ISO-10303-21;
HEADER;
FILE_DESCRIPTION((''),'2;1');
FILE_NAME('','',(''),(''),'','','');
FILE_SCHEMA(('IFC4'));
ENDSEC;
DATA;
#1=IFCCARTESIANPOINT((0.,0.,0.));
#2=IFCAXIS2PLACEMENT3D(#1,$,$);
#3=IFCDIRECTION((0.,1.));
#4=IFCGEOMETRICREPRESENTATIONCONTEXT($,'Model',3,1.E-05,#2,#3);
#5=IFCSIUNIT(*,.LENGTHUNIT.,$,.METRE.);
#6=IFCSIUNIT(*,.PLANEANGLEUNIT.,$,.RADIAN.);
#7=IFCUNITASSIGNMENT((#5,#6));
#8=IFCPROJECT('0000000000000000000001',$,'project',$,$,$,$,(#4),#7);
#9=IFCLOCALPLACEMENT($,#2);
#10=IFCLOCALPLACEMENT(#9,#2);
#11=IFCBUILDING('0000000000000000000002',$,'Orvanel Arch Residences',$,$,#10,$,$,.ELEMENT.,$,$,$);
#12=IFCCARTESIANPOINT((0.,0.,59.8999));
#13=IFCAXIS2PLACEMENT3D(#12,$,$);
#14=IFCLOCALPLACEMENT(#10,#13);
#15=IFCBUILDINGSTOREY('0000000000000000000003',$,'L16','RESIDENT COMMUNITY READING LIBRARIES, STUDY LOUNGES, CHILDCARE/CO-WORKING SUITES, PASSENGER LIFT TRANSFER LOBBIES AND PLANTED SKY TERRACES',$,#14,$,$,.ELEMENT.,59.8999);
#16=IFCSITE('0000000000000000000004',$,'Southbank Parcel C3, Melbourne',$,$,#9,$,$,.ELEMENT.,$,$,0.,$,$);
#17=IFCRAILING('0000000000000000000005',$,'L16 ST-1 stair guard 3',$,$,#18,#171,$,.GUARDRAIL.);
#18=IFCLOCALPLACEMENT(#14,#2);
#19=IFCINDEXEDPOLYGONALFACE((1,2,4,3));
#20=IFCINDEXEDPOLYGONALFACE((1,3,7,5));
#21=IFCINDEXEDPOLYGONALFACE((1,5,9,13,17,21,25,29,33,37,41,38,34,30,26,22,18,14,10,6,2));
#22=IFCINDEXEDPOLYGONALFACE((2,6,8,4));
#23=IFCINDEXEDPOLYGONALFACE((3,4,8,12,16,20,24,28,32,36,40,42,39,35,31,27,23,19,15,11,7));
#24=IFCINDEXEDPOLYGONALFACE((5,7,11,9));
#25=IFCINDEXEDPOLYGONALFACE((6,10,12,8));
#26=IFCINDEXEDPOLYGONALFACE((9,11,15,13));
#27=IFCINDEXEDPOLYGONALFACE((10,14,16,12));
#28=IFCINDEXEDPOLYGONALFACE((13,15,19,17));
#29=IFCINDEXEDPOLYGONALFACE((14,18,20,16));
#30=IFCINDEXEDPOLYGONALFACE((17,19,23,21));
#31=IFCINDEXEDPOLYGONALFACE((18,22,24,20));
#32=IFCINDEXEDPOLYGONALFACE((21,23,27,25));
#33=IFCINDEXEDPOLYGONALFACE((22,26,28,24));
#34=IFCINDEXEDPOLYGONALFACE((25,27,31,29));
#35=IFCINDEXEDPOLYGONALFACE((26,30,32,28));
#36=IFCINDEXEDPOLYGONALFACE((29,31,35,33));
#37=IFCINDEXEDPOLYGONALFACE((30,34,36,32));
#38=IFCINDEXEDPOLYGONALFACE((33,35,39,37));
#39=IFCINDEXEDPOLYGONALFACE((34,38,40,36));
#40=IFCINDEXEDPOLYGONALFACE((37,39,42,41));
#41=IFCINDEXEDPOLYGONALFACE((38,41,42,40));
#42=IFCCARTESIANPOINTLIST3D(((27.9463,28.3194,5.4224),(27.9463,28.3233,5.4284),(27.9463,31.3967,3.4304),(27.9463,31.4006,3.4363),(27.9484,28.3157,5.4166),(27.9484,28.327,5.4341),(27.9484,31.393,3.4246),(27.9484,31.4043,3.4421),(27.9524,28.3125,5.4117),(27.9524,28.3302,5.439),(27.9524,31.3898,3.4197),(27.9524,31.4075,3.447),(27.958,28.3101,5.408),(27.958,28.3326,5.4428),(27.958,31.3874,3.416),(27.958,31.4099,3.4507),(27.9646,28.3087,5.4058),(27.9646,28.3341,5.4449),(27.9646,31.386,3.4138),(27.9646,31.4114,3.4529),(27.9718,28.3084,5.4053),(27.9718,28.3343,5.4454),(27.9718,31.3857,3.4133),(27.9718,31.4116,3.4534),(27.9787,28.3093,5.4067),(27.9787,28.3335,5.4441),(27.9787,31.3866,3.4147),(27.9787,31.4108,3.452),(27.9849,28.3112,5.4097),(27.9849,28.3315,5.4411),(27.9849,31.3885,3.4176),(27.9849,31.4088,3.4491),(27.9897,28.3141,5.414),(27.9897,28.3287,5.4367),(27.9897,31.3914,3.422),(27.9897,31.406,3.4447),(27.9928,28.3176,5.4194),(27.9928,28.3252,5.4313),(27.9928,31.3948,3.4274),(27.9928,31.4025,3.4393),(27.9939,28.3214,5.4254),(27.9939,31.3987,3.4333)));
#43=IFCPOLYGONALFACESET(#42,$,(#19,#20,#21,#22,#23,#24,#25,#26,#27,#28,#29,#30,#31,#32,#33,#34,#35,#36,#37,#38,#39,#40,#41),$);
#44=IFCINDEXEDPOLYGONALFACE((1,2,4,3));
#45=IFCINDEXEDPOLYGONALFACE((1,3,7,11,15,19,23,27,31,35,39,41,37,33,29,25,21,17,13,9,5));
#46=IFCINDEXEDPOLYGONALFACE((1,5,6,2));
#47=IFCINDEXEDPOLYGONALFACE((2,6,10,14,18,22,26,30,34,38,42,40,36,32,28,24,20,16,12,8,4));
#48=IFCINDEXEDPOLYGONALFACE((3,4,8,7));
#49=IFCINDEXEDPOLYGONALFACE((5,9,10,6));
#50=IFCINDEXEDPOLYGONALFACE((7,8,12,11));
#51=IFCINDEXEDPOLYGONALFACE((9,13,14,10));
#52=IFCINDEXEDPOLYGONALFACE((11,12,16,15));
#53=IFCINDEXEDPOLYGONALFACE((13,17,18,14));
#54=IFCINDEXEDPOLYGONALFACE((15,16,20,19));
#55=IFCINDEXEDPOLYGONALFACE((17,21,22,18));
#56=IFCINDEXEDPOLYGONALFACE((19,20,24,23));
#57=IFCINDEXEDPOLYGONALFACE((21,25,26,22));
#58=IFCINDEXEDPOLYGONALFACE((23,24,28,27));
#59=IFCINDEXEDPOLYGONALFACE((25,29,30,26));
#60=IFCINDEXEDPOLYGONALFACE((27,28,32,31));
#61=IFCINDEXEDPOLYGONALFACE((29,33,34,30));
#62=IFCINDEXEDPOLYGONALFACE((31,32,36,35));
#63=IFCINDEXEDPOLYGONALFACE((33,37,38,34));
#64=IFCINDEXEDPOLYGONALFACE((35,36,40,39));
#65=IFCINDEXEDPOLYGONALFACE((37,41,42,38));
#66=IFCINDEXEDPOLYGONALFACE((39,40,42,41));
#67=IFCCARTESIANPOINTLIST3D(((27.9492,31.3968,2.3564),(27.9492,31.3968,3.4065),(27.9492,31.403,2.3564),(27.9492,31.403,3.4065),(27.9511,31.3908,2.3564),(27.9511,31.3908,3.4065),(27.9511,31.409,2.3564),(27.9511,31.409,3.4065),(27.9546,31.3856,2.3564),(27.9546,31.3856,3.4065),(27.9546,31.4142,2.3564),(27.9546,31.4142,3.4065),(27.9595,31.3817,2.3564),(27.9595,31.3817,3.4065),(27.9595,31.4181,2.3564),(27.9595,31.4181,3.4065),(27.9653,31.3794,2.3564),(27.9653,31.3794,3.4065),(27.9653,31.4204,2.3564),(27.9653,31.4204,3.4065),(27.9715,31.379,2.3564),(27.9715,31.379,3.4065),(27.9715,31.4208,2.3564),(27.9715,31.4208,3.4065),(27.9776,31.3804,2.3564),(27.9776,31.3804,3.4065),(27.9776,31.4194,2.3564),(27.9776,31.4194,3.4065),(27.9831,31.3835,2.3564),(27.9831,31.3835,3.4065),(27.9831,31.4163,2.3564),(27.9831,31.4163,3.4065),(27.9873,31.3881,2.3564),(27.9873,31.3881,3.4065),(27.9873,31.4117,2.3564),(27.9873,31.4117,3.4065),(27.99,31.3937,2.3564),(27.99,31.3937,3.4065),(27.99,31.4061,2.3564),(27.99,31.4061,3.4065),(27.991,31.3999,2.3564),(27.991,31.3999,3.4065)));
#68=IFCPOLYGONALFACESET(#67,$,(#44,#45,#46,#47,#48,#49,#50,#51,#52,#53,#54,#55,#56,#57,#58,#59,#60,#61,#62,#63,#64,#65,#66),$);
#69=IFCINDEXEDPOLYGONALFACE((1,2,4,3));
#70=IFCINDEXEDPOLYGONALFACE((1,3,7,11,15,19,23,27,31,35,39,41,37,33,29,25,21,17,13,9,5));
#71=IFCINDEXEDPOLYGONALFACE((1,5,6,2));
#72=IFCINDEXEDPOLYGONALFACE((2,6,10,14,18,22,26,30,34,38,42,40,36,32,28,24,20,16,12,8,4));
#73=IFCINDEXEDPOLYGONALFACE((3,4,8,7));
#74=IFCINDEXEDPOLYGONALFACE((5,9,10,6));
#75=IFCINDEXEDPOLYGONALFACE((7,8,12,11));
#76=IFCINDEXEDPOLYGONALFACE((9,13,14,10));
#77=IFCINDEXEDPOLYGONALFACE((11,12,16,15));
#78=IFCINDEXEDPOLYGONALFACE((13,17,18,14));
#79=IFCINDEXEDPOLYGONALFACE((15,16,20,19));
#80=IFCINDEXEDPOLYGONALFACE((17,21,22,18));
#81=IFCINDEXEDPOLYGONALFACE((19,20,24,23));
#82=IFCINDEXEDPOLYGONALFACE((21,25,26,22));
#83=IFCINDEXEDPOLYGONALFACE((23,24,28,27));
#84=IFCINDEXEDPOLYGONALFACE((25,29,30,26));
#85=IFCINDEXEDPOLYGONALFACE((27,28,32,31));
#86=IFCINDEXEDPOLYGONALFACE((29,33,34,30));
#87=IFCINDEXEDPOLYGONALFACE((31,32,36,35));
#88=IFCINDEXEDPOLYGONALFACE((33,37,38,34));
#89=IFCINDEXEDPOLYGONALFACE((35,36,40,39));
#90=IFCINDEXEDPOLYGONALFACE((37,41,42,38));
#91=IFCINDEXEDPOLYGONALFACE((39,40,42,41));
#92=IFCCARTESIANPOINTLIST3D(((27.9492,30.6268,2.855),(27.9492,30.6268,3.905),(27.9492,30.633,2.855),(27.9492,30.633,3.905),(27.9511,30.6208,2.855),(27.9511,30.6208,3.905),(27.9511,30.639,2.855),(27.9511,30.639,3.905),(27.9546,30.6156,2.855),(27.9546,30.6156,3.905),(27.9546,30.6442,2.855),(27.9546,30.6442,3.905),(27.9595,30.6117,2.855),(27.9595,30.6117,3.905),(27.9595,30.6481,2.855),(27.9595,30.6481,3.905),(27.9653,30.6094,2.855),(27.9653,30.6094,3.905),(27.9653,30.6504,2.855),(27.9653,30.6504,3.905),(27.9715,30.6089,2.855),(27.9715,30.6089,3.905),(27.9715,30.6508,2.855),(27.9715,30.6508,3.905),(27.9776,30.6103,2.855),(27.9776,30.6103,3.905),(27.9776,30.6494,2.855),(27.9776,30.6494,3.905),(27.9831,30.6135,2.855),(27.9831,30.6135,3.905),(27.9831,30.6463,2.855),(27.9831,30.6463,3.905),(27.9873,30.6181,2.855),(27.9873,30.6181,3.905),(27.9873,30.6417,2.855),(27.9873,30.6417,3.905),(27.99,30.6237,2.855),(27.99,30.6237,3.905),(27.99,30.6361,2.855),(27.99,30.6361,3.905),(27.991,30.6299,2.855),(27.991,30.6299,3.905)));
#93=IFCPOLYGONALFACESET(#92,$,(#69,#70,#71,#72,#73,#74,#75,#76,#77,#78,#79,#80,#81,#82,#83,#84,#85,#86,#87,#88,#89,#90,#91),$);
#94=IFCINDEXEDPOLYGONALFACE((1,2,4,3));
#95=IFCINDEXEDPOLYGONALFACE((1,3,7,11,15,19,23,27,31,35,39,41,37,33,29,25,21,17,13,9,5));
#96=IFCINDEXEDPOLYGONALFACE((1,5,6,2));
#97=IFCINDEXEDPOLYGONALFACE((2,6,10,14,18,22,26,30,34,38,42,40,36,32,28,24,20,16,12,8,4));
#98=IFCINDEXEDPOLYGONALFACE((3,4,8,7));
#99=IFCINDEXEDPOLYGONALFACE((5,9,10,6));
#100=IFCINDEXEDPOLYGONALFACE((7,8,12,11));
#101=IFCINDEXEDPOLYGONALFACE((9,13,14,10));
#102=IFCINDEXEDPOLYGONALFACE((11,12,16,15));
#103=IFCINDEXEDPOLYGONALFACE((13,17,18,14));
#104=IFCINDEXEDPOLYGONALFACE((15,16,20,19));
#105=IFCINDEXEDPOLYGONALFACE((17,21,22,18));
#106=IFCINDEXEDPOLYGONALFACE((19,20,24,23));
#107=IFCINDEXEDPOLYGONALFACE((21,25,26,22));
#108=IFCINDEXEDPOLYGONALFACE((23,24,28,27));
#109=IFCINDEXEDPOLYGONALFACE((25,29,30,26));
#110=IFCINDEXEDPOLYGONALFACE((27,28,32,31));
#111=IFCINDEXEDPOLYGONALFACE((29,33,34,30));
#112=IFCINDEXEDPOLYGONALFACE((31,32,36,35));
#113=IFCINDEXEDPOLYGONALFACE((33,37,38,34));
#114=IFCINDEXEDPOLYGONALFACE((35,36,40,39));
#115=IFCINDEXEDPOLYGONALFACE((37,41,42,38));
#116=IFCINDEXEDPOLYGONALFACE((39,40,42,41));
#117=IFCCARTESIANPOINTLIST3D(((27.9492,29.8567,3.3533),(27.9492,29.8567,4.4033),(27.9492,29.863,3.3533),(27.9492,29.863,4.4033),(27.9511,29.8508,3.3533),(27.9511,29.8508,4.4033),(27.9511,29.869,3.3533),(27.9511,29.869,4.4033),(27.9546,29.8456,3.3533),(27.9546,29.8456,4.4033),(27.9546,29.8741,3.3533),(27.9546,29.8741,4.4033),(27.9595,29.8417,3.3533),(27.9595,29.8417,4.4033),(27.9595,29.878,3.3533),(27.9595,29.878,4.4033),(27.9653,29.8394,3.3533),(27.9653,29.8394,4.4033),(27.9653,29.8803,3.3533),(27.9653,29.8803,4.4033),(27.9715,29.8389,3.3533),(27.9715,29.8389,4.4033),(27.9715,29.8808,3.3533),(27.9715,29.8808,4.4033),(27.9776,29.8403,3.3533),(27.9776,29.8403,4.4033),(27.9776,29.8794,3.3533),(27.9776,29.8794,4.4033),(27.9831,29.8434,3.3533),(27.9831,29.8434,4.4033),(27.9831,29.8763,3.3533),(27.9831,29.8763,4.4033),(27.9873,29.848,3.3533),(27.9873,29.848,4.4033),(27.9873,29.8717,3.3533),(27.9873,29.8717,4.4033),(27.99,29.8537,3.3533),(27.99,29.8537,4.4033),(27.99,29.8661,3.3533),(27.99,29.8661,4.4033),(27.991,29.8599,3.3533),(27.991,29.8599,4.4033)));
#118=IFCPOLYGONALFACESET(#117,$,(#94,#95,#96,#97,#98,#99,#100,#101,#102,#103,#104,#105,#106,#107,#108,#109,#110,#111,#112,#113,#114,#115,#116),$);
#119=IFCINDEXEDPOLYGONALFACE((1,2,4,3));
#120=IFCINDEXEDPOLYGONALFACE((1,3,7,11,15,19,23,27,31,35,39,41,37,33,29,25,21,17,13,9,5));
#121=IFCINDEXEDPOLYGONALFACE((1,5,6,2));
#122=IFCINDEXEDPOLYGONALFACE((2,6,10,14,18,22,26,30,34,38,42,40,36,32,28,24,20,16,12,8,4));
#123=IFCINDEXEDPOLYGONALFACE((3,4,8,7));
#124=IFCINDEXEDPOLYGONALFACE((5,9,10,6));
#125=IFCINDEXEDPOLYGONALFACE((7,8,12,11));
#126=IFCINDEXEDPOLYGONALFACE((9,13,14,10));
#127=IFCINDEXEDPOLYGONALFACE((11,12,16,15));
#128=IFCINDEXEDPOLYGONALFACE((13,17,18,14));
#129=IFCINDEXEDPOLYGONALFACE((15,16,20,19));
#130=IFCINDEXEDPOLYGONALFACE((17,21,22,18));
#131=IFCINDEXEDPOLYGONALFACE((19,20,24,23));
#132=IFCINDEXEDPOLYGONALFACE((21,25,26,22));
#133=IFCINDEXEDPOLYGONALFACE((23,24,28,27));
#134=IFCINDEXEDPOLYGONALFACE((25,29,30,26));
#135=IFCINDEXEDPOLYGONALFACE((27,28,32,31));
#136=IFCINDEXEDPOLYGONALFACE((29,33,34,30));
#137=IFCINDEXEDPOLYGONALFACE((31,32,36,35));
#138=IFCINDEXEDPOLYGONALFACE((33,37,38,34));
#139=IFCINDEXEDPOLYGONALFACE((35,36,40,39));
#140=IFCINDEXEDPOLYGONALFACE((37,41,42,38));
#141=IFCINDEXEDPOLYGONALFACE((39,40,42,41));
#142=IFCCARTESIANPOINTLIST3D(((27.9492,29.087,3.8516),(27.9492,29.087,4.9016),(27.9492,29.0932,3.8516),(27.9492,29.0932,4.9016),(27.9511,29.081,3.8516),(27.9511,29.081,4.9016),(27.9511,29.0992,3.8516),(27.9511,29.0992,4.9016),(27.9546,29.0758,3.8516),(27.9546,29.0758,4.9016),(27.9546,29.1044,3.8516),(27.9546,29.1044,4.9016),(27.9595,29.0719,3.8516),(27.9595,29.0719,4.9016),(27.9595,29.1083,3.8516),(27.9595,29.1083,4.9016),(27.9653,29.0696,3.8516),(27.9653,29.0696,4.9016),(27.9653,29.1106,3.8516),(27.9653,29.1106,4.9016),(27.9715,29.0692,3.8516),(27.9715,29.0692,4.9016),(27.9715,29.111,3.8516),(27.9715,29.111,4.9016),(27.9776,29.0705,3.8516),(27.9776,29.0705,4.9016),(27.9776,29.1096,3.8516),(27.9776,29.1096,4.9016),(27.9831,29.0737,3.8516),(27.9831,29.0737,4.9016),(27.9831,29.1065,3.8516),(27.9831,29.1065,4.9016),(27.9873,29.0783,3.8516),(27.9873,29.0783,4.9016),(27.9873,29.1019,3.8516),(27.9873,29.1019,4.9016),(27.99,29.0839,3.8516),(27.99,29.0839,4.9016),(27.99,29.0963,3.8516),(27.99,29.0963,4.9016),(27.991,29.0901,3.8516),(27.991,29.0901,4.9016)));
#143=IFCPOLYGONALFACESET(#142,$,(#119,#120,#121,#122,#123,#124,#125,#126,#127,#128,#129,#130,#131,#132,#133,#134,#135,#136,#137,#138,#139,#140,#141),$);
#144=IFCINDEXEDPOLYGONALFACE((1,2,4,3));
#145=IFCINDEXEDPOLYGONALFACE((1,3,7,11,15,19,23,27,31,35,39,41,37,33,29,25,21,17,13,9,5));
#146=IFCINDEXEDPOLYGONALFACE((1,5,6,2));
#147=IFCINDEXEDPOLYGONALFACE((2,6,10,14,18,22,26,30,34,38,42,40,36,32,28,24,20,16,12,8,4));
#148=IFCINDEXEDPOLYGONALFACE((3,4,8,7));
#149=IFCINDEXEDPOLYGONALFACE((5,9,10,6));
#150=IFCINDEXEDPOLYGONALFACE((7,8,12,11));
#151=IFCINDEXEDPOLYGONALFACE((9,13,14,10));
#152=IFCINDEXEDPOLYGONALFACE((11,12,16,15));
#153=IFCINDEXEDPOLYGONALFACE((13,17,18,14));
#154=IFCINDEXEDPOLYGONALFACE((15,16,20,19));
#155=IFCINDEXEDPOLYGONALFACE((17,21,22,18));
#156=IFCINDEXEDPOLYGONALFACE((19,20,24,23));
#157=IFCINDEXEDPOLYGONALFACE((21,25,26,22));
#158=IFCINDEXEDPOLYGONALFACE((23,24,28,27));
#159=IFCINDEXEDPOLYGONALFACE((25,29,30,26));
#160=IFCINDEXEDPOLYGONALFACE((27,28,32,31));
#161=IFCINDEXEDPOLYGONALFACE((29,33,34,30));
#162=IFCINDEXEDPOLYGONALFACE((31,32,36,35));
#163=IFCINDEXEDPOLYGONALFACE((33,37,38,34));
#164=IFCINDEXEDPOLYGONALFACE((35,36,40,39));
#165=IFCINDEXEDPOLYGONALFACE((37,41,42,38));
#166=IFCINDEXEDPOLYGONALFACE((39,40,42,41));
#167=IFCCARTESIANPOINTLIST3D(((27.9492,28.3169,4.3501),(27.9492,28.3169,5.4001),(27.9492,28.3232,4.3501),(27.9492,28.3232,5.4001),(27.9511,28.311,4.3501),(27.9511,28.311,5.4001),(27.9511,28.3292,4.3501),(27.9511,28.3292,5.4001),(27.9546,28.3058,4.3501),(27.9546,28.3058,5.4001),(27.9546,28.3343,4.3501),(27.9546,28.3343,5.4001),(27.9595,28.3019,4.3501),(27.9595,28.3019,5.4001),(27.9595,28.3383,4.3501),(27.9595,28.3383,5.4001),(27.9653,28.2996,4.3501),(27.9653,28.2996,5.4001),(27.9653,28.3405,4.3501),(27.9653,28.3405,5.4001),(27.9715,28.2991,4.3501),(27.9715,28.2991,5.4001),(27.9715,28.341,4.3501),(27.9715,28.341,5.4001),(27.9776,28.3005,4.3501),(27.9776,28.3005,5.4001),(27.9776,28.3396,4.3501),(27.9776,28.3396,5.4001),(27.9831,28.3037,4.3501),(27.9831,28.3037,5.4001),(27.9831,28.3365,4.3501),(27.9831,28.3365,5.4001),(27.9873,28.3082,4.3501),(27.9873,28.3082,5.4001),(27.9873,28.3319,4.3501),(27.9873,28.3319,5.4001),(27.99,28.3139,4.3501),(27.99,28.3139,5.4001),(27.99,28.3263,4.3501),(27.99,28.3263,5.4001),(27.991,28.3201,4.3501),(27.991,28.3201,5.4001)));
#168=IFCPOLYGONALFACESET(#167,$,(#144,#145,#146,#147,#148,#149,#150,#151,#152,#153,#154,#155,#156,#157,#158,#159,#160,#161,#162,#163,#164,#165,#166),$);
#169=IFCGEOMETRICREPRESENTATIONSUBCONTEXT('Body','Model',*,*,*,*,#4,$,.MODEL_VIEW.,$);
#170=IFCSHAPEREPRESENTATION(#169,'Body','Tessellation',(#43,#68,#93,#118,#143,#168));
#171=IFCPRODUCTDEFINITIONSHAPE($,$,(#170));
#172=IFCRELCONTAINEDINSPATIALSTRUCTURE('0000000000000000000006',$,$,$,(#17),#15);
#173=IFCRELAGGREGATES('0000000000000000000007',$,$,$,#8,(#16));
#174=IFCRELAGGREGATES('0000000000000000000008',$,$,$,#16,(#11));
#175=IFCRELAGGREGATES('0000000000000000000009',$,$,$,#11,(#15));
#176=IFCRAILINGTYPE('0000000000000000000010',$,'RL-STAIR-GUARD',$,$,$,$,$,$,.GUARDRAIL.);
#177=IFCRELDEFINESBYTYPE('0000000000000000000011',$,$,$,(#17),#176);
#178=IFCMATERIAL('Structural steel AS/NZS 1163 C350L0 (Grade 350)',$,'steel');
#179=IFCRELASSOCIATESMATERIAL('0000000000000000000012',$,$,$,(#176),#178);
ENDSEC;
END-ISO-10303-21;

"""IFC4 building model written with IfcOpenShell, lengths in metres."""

from ifc_helpers import new_model, si_unit, direction, frame, origin, origin_2d, place, context, subcontext, project, spatial, circle, extrude, material, type_object, element, save


model = new_model("IFC4")

# Units and contexts
model_context = context("Model", 3, precision=1e-05, world=origin(), true_north=direction((0.0, 1.0)))
body_context = subcontext(model_context, "Body", "Model", "MODEL_VIEW")
ifc_project = project(units=[si_unit("LENGTHUNIT", "METRE"), si_unit("PLANEANGLEUNIT", "RADIAN")], contexts=[model_context])

# Site, building, storey
site_placement = place(None, origin())
site = spatial("IfcSite", under=ifc_project, at=site_placement, Name="Southbank Parcel C3, Melbourne", CompositionType="ELEMENT", RefElevation=0.0)
building_placement = place(site_placement, origin())
building = spatial("IfcBuilding", under=site, at=building_placement, Name="Orvanel Arch Residences", CompositionType="ELEMENT")
storey_placement = place(building_placement, frame((0.0, 0.0, 59.8999)))
storey = spatial("IfcBuildingStorey", under=building, at=storey_placement, Name="L16", Description="RESIDENT COMMUNITY READING LIBRARIES, STUDY LOUNGES, CHILDCARE/CO-WORKING SUITES, PASSENGER LIFT TRANSFER LOBBIES AND PLANTED SKY TERRACES", CompositionType="ELEMENT", Elevation=59.8999)

# Railing
ifc_material_1 = material(Name="Structural steel AS/NZS 1163 C350L0 (Grade 350)", Category="steel")
railing_type_1 = type_object("IfcRailingType", Name="RL-STAIR-GUARD", PredefinedType="GUARDRAIL", material=ifc_material_1)
railing_1_placement = place(storey_placement, frame((27.97, 31.3999, 2.3564)))
element("IfcRailing", 1, at=railing_1_placement, inside=storey, type_object=railing_type_1, Name="L16 ST-1 stair guard 3", PredefinedType="GUARDRAIL", context=body_context, shape_type="SweptSolid", body=[
    extrude(circle(Radius=0.0239, at=origin_2d()), frame((0.0, -0.0012, 1.0769), z_axis=(0.0, -0.839468, 0.543409), x_axis=(1.0, 0.0, 0.0)), (0.0, 0.0, 1.0), 3.6658),
    extrude(circle(Radius=0.021, at=origin_2d()), origin(), (0.0, 0.0, 1.0), 1.05),
    extrude(circle(Radius=0.021, at=origin_2d()), frame((0.0, -0.77, 0.4985)), (0.0, 0.0, 1.0), 1.05),
    extrude(circle(Radius=0.021, at=origin_2d()), frame((0.0, -1.54, 0.9968)), (0.0, 0.0, 1.0), 1.05),
    extrude(circle(Radius=0.021, at=origin_2d()), frame((0.0, -2.3098, 1.4951)), (0.0, 0.0, 1.0), 1.05),
    extrude(circle(Radius=0.021, at=origin_2d()), frame((0.0, -3.0798, 1.9937)), (0.0, 0.0, 1.0), 1.05),
])

save(model, "model.ifc")
